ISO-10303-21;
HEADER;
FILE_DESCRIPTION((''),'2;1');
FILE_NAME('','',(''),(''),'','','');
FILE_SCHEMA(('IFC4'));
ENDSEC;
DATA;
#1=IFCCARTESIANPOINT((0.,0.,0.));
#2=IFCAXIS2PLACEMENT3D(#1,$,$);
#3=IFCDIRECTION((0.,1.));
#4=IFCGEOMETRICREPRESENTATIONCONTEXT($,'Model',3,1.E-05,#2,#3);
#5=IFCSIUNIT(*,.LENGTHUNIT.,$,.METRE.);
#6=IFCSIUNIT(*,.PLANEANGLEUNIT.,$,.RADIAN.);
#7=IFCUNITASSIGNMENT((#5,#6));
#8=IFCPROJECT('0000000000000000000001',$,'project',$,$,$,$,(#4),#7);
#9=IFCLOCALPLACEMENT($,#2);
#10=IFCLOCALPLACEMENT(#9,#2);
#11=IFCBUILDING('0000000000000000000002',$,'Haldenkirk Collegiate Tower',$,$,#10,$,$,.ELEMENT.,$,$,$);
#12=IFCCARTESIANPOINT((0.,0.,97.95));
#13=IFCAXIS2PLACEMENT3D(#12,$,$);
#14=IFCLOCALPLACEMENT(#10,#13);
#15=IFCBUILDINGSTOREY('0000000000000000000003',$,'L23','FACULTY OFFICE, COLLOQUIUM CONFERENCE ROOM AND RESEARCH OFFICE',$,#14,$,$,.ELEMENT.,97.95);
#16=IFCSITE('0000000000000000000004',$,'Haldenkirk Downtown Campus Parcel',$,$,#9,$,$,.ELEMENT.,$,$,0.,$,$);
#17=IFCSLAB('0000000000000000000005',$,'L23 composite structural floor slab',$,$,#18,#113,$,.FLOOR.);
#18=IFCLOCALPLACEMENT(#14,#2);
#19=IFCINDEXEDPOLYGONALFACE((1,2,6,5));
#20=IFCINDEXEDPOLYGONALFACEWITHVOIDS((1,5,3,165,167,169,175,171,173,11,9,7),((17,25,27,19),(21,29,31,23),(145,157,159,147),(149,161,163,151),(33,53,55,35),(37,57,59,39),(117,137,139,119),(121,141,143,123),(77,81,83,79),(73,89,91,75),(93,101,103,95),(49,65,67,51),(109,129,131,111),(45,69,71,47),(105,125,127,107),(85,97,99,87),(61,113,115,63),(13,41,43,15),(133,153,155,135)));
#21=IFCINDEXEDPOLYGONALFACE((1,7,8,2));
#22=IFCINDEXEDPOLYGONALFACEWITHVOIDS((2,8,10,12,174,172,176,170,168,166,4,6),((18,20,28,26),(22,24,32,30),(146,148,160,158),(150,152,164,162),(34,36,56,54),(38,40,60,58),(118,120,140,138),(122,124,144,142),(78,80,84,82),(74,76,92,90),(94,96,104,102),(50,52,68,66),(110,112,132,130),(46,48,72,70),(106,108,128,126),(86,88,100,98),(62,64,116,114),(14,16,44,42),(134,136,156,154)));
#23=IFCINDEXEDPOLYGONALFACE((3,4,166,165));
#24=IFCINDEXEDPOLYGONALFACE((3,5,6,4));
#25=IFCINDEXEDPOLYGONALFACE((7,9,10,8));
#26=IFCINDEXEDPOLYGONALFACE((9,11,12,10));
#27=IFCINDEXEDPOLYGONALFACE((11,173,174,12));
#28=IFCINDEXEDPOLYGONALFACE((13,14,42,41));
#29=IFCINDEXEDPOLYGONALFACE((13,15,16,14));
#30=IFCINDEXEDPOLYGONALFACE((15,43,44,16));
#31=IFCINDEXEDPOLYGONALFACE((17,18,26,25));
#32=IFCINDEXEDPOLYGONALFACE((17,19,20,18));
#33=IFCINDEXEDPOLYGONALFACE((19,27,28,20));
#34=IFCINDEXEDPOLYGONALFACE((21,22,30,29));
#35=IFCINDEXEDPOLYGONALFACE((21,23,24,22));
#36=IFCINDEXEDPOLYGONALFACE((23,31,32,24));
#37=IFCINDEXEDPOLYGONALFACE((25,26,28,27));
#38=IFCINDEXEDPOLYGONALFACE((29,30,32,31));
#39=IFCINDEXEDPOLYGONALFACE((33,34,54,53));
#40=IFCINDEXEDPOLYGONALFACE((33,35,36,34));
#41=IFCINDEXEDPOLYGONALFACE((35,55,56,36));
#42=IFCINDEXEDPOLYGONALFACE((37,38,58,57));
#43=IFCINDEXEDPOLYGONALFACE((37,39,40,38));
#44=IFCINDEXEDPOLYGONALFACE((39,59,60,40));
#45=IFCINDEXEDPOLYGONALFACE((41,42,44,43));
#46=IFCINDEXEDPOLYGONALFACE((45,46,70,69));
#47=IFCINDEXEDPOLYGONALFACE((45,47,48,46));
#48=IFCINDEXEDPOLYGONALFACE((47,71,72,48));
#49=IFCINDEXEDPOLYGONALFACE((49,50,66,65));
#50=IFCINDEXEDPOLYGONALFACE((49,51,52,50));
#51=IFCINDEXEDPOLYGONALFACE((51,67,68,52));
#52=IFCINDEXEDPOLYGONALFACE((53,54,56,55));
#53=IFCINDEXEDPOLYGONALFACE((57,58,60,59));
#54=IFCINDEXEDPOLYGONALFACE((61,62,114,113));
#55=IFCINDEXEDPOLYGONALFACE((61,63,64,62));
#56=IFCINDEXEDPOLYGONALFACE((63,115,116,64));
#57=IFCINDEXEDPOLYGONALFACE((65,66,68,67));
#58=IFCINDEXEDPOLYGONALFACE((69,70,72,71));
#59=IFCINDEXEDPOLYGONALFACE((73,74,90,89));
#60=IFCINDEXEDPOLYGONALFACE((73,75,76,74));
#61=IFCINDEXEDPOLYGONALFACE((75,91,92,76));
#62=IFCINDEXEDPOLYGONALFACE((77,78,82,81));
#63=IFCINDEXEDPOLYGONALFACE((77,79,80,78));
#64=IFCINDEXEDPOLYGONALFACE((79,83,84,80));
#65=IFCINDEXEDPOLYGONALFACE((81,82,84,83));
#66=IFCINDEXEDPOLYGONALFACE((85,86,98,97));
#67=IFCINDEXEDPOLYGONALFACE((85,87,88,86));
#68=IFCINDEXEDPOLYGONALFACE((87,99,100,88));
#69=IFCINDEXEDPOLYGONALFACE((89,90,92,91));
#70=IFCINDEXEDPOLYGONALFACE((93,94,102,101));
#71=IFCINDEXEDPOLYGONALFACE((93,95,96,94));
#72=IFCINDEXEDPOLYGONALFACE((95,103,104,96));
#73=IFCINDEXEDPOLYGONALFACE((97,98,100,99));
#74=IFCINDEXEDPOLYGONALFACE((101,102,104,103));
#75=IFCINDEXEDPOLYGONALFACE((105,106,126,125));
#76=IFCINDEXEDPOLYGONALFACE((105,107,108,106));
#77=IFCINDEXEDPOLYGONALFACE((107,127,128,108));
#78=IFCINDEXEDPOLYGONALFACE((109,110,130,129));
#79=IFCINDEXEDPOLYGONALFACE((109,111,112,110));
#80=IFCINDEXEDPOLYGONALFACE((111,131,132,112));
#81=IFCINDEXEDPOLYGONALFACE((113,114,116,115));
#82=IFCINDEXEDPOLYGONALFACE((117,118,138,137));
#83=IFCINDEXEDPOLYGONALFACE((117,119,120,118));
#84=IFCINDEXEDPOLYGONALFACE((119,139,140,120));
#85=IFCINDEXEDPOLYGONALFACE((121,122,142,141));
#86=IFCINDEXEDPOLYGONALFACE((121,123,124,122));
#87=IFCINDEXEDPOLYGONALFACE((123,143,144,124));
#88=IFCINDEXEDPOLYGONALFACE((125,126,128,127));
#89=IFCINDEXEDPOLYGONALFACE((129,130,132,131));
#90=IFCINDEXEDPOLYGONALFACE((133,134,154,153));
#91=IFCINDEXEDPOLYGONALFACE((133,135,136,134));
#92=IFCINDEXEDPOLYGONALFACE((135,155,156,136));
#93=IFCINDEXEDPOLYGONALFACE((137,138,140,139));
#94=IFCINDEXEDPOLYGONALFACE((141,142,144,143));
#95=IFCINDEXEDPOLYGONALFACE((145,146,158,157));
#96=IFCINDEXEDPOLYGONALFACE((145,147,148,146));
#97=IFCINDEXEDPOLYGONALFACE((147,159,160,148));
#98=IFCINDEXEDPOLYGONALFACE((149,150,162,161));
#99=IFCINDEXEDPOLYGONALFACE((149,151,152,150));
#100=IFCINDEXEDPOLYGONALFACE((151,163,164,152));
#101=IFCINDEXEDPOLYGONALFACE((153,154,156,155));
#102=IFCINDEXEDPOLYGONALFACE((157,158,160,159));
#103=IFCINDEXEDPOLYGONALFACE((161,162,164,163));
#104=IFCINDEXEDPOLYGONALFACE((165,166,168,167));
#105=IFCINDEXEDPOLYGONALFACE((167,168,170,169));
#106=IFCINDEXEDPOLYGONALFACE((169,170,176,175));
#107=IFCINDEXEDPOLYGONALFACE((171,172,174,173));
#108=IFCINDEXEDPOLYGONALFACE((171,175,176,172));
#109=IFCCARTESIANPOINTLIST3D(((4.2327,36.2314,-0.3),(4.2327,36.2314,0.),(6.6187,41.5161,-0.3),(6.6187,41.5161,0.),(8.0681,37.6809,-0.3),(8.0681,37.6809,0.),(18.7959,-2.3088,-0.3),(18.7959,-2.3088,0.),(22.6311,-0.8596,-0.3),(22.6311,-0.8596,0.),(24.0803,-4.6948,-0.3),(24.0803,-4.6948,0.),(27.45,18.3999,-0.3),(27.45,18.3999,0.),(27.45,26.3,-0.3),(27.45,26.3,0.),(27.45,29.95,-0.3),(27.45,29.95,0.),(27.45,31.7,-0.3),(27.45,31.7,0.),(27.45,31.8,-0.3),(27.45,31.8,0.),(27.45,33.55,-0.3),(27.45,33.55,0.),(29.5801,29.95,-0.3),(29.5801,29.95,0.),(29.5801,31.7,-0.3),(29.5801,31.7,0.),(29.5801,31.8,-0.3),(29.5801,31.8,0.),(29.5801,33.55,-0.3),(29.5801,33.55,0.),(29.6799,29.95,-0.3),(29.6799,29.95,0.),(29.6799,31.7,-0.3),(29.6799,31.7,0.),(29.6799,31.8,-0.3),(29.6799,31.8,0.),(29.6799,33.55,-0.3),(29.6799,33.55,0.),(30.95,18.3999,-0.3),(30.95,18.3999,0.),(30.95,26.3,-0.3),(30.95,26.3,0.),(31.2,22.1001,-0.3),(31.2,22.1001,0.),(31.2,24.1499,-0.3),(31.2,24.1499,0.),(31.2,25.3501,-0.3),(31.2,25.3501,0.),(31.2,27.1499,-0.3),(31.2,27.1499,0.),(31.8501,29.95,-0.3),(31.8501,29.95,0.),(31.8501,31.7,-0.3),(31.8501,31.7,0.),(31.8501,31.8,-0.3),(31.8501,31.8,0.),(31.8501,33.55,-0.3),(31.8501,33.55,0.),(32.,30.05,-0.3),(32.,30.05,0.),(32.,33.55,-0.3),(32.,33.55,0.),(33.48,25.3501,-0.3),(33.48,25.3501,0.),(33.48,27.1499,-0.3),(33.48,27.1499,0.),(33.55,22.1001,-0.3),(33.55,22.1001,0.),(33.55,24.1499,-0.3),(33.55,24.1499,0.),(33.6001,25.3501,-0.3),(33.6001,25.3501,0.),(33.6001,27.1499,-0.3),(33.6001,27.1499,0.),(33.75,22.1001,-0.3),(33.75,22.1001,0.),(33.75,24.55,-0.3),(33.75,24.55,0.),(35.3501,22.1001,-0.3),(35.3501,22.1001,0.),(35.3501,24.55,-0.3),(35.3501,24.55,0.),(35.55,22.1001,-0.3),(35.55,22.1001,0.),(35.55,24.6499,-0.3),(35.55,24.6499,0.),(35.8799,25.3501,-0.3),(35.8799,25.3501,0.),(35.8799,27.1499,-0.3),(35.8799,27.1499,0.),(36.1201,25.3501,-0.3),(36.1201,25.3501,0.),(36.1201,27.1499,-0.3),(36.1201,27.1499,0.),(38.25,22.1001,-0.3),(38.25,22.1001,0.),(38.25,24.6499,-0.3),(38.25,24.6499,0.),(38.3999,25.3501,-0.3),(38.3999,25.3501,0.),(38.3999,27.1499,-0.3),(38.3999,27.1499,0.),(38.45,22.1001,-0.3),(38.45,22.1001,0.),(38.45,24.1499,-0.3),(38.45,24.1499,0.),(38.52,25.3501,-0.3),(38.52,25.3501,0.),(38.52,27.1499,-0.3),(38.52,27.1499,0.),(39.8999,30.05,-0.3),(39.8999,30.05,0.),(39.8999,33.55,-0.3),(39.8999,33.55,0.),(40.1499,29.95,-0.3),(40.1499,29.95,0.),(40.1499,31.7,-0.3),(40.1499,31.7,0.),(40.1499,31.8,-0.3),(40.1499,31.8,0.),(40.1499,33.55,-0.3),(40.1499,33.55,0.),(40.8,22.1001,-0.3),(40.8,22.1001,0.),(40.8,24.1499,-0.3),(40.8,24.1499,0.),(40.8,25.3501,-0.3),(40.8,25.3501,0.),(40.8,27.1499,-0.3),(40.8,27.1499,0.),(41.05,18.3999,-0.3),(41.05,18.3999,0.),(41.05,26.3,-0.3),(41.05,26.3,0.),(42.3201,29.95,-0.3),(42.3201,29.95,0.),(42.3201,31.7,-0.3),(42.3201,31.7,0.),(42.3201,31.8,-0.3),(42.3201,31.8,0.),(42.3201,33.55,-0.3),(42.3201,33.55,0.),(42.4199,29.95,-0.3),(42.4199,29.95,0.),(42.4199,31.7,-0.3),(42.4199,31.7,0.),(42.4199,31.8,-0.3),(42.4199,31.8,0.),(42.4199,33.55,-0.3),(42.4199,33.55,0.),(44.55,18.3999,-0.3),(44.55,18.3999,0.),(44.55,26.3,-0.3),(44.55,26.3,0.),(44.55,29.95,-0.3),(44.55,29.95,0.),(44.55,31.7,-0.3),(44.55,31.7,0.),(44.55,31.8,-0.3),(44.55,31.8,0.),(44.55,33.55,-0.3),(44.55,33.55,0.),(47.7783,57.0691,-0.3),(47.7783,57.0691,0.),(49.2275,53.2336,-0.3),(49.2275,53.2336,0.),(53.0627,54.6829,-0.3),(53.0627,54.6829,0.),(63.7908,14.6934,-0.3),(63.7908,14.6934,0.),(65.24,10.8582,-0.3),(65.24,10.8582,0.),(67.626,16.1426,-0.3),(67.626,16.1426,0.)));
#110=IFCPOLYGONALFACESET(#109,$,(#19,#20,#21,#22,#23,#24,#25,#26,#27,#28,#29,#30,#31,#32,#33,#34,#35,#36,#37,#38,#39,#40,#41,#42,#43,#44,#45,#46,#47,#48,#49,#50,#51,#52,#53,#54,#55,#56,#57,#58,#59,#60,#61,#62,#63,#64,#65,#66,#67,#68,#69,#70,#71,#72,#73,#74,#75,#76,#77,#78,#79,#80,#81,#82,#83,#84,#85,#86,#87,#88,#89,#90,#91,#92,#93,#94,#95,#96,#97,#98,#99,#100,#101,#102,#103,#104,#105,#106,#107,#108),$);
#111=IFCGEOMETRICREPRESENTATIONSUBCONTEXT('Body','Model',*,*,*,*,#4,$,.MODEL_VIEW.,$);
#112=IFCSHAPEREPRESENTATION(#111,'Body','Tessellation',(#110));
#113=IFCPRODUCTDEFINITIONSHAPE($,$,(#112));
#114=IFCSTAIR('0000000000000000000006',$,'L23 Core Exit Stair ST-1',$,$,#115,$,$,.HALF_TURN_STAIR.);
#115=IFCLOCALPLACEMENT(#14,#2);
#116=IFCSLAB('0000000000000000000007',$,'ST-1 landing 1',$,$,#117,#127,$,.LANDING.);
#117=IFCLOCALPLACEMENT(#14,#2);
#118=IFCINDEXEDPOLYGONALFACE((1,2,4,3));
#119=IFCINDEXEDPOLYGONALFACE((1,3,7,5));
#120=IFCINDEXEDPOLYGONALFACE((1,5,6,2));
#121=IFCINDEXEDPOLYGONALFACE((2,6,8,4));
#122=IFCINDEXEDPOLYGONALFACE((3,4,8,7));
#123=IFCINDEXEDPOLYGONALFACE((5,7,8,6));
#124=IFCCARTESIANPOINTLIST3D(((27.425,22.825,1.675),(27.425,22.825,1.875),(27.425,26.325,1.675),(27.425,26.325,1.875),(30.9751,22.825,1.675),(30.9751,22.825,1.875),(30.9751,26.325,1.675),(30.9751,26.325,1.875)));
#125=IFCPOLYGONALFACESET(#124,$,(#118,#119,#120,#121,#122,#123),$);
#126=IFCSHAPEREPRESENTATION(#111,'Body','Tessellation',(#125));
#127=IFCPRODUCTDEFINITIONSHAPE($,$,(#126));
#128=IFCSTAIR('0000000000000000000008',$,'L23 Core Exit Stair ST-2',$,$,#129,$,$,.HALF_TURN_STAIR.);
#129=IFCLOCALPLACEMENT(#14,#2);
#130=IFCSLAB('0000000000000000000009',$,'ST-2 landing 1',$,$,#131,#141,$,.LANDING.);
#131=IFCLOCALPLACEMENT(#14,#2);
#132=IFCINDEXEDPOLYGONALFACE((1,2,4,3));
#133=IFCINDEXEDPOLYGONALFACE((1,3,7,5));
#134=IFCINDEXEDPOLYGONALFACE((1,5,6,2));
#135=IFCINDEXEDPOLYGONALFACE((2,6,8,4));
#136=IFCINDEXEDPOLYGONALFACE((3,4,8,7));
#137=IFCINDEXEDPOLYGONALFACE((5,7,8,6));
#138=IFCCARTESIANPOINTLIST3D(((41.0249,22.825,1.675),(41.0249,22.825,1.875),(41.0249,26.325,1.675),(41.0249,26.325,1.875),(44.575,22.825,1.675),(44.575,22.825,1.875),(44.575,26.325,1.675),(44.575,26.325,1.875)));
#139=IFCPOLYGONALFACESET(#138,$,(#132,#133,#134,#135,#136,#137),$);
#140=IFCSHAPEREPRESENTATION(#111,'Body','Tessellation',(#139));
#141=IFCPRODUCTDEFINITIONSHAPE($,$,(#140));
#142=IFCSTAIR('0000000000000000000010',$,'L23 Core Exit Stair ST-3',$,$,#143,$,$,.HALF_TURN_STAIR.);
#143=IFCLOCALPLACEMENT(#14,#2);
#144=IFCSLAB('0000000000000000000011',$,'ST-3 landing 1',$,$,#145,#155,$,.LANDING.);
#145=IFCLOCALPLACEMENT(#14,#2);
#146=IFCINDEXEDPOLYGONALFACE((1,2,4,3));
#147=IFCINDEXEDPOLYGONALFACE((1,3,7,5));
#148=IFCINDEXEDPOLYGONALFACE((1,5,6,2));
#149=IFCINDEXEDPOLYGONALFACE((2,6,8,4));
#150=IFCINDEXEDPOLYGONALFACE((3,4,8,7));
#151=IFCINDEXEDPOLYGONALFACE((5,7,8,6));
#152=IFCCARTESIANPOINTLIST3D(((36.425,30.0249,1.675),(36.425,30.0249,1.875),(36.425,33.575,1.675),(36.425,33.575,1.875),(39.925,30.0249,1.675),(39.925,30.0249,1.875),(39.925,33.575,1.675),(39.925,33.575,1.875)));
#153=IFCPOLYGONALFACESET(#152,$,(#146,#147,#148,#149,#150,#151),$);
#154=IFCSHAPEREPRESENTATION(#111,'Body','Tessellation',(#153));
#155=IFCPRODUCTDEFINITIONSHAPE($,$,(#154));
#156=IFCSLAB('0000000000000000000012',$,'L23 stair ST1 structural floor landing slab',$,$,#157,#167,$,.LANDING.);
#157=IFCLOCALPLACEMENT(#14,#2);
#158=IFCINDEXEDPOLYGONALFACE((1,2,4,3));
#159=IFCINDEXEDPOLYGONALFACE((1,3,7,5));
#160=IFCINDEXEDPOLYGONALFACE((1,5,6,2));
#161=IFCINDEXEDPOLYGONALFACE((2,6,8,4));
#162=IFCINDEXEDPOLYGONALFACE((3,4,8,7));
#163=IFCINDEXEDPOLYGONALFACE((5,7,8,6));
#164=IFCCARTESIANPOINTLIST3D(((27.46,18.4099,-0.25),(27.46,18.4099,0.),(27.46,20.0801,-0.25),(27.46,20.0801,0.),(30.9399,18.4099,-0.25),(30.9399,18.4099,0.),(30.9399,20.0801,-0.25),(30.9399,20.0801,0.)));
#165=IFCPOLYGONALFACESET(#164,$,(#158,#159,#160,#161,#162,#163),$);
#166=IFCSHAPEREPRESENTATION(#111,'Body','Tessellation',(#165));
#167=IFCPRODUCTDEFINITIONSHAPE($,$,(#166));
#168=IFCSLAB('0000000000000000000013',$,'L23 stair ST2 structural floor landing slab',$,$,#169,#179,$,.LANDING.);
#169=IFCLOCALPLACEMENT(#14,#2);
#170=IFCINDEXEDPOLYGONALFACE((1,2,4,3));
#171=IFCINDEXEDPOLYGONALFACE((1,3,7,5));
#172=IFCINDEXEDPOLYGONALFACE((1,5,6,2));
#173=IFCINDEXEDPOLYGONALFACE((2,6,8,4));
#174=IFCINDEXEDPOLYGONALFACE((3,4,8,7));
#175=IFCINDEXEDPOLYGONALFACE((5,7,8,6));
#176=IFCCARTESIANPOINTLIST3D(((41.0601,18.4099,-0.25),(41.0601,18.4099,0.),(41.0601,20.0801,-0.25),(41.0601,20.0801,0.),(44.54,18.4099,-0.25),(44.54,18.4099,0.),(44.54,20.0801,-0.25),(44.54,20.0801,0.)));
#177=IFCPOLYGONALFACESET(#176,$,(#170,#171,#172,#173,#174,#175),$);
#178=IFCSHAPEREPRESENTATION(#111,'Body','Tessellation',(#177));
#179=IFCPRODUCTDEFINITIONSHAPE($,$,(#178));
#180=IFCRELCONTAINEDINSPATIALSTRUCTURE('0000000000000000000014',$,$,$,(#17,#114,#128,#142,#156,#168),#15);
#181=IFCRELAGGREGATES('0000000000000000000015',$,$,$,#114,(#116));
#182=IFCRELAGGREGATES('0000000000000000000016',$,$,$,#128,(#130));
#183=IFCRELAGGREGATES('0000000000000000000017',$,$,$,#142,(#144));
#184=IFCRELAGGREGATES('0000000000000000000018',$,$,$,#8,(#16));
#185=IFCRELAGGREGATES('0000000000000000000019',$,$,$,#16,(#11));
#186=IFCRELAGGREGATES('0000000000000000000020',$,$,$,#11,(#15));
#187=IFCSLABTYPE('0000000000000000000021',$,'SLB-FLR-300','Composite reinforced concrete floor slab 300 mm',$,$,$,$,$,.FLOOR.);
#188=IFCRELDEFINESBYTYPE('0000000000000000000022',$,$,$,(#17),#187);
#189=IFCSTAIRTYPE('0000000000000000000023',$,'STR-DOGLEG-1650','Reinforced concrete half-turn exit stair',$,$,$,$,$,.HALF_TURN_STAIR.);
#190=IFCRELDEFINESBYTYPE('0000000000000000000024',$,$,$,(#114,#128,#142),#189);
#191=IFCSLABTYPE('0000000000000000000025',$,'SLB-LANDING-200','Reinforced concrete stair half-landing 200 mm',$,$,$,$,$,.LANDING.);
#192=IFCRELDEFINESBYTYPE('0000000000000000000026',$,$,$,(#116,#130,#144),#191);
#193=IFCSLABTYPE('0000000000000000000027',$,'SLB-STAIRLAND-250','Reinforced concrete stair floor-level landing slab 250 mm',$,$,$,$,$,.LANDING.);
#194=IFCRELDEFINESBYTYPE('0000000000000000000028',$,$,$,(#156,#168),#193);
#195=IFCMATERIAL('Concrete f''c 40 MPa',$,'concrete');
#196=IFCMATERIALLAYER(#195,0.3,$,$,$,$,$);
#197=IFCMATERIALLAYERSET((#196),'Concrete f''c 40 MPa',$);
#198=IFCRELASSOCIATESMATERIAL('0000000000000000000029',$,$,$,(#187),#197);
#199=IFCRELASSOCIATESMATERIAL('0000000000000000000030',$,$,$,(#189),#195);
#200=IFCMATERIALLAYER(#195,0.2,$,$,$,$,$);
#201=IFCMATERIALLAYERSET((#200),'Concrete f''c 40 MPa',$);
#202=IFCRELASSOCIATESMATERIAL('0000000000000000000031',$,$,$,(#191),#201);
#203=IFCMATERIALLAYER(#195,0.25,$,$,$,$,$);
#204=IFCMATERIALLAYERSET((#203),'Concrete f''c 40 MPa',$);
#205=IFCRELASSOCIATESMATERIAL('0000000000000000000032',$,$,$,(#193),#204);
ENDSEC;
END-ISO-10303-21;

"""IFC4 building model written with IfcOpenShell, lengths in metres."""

from ifc_helpers import new_model, si_unit, direction, frame, origin, place, context, subcontext, project, spatial, polyline, outline, extrude, material, layer, layer_set, type_object, element, aggregate, save


model = new_model("IFC4")

# Units and contexts
model_context = context("Model", 3, precision=1e-05, world=origin(), true_north=direction((0.0, 1.0)))
body_context = subcontext(model_context, "Body", "Model", "MODEL_VIEW")
ifc_project = project(units=[si_unit("LENGTHUNIT", "METRE"), si_unit("PLANEANGLEUNIT", "RADIAN")], contexts=[model_context])

# Site, building, storey
site_placement = place(None, origin())
site = spatial("IfcSite", under=ifc_project, at=site_placement, Name="Haldenkirk Downtown Campus Parcel", CompositionType="ELEMENT", RefElevation=0.0)
building_placement = place(site_placement, origin())
building = spatial("IfcBuilding", under=site, at=building_placement, Name="Haldenkirk Collegiate Tower", CompositionType="ELEMENT")
storey_placement = place(building_placement, frame((0.0, 0.0, 97.95)))
storey = spatial("IfcBuildingStorey", under=building, at=storey_placement, Name="L23", Description="FACULTY OFFICE, COLLOQUIUM CONFERENCE ROOM AND RESEARCH OFFICE", CompositionType="ELEMENT", Elevation=97.95)

# Slab
ifc_material_1 = material(Name="Concrete f'c 40 MPa", Category="concrete")
ifc_layer_1 = layer(ifc_material_1, 0.3)
ifc_layer_set_1 = layer_set([ifc_layer_1], Name="Concrete f'c 40 MPa")
slab_type_1 = type_object("IfcSlabType", Name="SLB-FLR-300", Description="Composite reinforced concrete floor slab 300 mm", PredefinedType="FLOOR", material=ifc_layer_set_1)
slab_1_placement = place(storey_placement, frame((0.0, 0.0, -0.3)))
element("IfcSlab", 1, at=slab_1_placement, inside=storey, type_object=slab_type_1, Name="L23 composite structural floor slab", PredefinedType="FLOOR", context=body_context, shape_type="SweptSolid", body=[
    extrude(outline(polyline([(24.0803, -4.6948), (65.24, 10.8582), (63.7908, 14.6934), (67.626, 16.1426), (53.0627, 54.6829), (49.2275, 53.2336), (47.7783, 57.0691), (6.6187, 41.5161), (8.0681, 37.6809), (4.2327, 36.2314), (18.7959, -2.3088), (22.6311, -0.8596), (24.0803, -4.6948)]), holes=[polyline([(27.45, 18.3999), (30.95, 18.3999), (30.95, 26.3), (27.45, 26.3), (27.45, 18.3999)]), polyline([(41.05, 18.3999), (44.55, 18.3999), (44.55, 26.3), (41.05, 26.3), (41.05, 18.3999)]), polyline([(32.0, 30.05), (39.8999, 30.05), (39.8999, 33.55), (32.0, 33.55), (32.0, 30.05)]), polyline([(33.75, 22.1001), (35.3501, 22.1001), (35.3501, 24.55), (33.75, 24.55), (33.75, 22.1001)]), polyline([(27.45, 29.95), (29.5801, 29.95), (29.5801, 31.7), (27.45, 31.7), (27.45, 29.95)]), polyline([(29.6799, 29.95), (31.8501, 29.95), (31.8501, 31.7), (29.6799, 31.7), (29.6799, 29.95)]), polyline([(27.45, 31.8), (29.5801, 31.8), (29.5801, 33.55), (27.45, 33.55), (27.45, 31.8)]), polyline([(29.6799, 31.8), (31.8501, 31.8), (31.8501, 33.55), (29.6799, 33.55), (29.6799, 31.8)]), polyline([(40.1499, 29.95), (42.3201, 29.95), (42.3201, 31.7), (40.1499, 31.7), (40.1499, 29.95)]), polyline([(42.4199, 29.95), (44.55, 29.95), (44.55, 31.7), (42.4199, 31.7), (42.4199, 29.95)]), polyline([(40.1499, 31.8), (42.3201, 31.8), (42.3201, 33.55), (40.1499, 33.55), (40.1499, 31.8)]), polyline([(42.4199, 31.8), (44.55, 31.8), (44.55, 33.55), (42.4199, 33.55), (42.4199, 31.8)]), polyline([(31.2, 25.3501), (33.48, 25.3501), (33.48, 27.1499), (31.2, 27.1499), (31.2, 25.3501)]), polyline([(33.6001, 25.3501), (35.8799, 25.3501), (35.8799, 27.1499), (33.6001, 27.1499), (33.6001, 25.3501)]), polyline([(36.1201, 25.3501), (38.3999, 25.3501), (38.3999, 27.1499), (36.1201, 27.1499), (36.1201, 25.3501)]), polyline([(38.52, 25.3501), (40.8, 25.3501), (40.8, 27.1499), (38.52, 27.1499), (38.52, 25.3501)]), polyline([(31.2, 22.1001), (33.55, 22.1001), (33.55, 24.1499), (31.2, 24.1499), (31.2, 22.1001)]), polyline([(38.45, 22.1001), (40.8, 22.1001), (40.8, 24.1499), (38.45, 24.1499), (38.45, 22.1001)]), polyline([(35.55, 22.1001), (38.25, 22.1001), (38.25, 24.6499), (35.55, 24.6499), (35.55, 22.1001)])]), origin(), (0.0, 0.0, 1.0), 0.3),
])

# Stairs, slabs
stair_type = type_object("IfcStairType", Name="STR-DOGLEG-1650", Description="Reinforced concrete half-turn exit stair", PredefinedType="HALF_TURN_STAIR", material=ifc_material_1)
stair_1_placement = place(storey_placement, origin())
stair_1 = element("IfcStair", 2, at=stair_1_placement, inside=storey, type_object=stair_type, Name="L23 Core Exit Stair ST-1", PredefinedType="HALF_TURN_STAIR")
ifc_layer_2 = layer(ifc_material_1, 0.2)
ifc_layer_set_2 = layer_set([ifc_layer_2], Name="Concrete f'c 40 MPa")
slab_type_2 = type_object("IfcSlabType", Name="SLB-LANDING-200", Description="Reinforced concrete stair half-landing 200 mm", PredefinedType="LANDING", material=ifc_layer_set_2)
slab_2_placement = place(storey_placement, frame((0.0, 0.0, 1.675)))
slab_2 = element("IfcSlab", 3, at=slab_2_placement, type_object=slab_type_2, Name="ST-1 landing 1", PredefinedType="LANDING", context=body_context, shape_type="SweptSolid", body=[
    extrude(outline(polyline([(30.9751, 22.825), (27.425, 22.825), (27.425, 26.325), (30.9751, 26.325), (30.9751, 22.825)])), origin(), (0.0, 0.0, 1.0), 0.2),
])
aggregate(stair_1, [slab_2])
stair_2_placement = place(storey_placement, origin())
stair_2 = element("IfcStair", 4, at=stair_2_placement, inside=storey, type_object=stair_type, Name="L23 Core Exit Stair ST-2", PredefinedType="HALF_TURN_STAIR")
slab_3_placement = place(storey_placement, frame((0.0, 0.0, 1.675)))
slab_3 = element("IfcSlab", 5, at=slab_3_placement, type_object=slab_type_2, Name="ST-2 landing 1", PredefinedType="LANDING", context=body_context, shape_type="SweptSolid", body=[
    extrude(outline(polyline([(44.575, 22.825), (41.0249, 22.825), (41.0249, 26.325), (44.575, 26.325), (44.575, 22.825)])), origin(), (0.0, 0.0, 1.0), 0.2),
])
aggregate(stair_2, [slab_3])
stair_3_placement = place(storey_placement, origin())
stair_3 = element("IfcStair", 6, at=stair_3_placement, inside=storey, type_object=stair_type, Name="L23 Core Exit Stair ST-3", PredefinedType="HALF_TURN_STAIR")
slab_4_placement = place(storey_placement, frame((0.0, 0.0, 1.675)))
slab_4 = element("IfcSlab", 7, at=slab_4_placement, type_object=slab_type_2, Name="ST-3 landing 1", PredefinedType="LANDING", context=body_context, shape_type="SweptSolid", body=[
    extrude(outline(polyline([(36.425, 30.0249), (36.425, 33.575), (39.925, 33.575), (39.925, 30.0249), (36.425, 30.0249)])), origin(), (0.0, 0.0, 1.0), 0.2),
])
aggregate(stair_3, [slab_4])

# Slabs
ifc_layer_3 = layer(ifc_material_1, 0.25)
ifc_layer_set_3 = layer_set([ifc_layer_3], Name="Concrete f'c 40 MPa")
slab_type_3 = type_object("IfcSlabType", Name="SLB-STAIRLAND-250", Description="Reinforced concrete stair floor-level landing slab 250 mm", PredefinedType="LANDING", material=ifc_layer_set_3)
slab_5_placement = place(storey_placement, frame((0.0, 0.0, -0.25)))
element("IfcSlab", 8, at=slab_5_placement, inside=storey, type_object=slab_type_3, Name="L23 stair ST1 structural floor landing slab", PredefinedType="LANDING", context=body_context, shape_type="SweptSolid", body=[
    extrude(outline(polyline([(27.46, 18.4099), (30.9399, 18.4099), (30.9399, 20.0801), (27.46, 20.0801), (27.46, 18.4099)])), origin(), (0.0, 0.0, 1.0), 0.25),
])
slab_6_placement = place(storey_placement, frame((0.0, 0.0, -0.25)))
element("IfcSlab", 9, at=slab_6_placement, inside=storey, type_object=slab_type_3, Name="L23 stair ST2 structural floor landing slab", PredefinedType="LANDING", context=body_context, shape_type="SweptSolid", body=[
    extrude(outline(polyline([(41.0601, 18.4099), (44.54, 18.4099), (44.54, 20.0801), (41.0601, 20.0801), (41.0601, 18.4099)])), origin(), (0.0, 0.0, 1.0), 0.25),
])

save(model, "model.ifc")
